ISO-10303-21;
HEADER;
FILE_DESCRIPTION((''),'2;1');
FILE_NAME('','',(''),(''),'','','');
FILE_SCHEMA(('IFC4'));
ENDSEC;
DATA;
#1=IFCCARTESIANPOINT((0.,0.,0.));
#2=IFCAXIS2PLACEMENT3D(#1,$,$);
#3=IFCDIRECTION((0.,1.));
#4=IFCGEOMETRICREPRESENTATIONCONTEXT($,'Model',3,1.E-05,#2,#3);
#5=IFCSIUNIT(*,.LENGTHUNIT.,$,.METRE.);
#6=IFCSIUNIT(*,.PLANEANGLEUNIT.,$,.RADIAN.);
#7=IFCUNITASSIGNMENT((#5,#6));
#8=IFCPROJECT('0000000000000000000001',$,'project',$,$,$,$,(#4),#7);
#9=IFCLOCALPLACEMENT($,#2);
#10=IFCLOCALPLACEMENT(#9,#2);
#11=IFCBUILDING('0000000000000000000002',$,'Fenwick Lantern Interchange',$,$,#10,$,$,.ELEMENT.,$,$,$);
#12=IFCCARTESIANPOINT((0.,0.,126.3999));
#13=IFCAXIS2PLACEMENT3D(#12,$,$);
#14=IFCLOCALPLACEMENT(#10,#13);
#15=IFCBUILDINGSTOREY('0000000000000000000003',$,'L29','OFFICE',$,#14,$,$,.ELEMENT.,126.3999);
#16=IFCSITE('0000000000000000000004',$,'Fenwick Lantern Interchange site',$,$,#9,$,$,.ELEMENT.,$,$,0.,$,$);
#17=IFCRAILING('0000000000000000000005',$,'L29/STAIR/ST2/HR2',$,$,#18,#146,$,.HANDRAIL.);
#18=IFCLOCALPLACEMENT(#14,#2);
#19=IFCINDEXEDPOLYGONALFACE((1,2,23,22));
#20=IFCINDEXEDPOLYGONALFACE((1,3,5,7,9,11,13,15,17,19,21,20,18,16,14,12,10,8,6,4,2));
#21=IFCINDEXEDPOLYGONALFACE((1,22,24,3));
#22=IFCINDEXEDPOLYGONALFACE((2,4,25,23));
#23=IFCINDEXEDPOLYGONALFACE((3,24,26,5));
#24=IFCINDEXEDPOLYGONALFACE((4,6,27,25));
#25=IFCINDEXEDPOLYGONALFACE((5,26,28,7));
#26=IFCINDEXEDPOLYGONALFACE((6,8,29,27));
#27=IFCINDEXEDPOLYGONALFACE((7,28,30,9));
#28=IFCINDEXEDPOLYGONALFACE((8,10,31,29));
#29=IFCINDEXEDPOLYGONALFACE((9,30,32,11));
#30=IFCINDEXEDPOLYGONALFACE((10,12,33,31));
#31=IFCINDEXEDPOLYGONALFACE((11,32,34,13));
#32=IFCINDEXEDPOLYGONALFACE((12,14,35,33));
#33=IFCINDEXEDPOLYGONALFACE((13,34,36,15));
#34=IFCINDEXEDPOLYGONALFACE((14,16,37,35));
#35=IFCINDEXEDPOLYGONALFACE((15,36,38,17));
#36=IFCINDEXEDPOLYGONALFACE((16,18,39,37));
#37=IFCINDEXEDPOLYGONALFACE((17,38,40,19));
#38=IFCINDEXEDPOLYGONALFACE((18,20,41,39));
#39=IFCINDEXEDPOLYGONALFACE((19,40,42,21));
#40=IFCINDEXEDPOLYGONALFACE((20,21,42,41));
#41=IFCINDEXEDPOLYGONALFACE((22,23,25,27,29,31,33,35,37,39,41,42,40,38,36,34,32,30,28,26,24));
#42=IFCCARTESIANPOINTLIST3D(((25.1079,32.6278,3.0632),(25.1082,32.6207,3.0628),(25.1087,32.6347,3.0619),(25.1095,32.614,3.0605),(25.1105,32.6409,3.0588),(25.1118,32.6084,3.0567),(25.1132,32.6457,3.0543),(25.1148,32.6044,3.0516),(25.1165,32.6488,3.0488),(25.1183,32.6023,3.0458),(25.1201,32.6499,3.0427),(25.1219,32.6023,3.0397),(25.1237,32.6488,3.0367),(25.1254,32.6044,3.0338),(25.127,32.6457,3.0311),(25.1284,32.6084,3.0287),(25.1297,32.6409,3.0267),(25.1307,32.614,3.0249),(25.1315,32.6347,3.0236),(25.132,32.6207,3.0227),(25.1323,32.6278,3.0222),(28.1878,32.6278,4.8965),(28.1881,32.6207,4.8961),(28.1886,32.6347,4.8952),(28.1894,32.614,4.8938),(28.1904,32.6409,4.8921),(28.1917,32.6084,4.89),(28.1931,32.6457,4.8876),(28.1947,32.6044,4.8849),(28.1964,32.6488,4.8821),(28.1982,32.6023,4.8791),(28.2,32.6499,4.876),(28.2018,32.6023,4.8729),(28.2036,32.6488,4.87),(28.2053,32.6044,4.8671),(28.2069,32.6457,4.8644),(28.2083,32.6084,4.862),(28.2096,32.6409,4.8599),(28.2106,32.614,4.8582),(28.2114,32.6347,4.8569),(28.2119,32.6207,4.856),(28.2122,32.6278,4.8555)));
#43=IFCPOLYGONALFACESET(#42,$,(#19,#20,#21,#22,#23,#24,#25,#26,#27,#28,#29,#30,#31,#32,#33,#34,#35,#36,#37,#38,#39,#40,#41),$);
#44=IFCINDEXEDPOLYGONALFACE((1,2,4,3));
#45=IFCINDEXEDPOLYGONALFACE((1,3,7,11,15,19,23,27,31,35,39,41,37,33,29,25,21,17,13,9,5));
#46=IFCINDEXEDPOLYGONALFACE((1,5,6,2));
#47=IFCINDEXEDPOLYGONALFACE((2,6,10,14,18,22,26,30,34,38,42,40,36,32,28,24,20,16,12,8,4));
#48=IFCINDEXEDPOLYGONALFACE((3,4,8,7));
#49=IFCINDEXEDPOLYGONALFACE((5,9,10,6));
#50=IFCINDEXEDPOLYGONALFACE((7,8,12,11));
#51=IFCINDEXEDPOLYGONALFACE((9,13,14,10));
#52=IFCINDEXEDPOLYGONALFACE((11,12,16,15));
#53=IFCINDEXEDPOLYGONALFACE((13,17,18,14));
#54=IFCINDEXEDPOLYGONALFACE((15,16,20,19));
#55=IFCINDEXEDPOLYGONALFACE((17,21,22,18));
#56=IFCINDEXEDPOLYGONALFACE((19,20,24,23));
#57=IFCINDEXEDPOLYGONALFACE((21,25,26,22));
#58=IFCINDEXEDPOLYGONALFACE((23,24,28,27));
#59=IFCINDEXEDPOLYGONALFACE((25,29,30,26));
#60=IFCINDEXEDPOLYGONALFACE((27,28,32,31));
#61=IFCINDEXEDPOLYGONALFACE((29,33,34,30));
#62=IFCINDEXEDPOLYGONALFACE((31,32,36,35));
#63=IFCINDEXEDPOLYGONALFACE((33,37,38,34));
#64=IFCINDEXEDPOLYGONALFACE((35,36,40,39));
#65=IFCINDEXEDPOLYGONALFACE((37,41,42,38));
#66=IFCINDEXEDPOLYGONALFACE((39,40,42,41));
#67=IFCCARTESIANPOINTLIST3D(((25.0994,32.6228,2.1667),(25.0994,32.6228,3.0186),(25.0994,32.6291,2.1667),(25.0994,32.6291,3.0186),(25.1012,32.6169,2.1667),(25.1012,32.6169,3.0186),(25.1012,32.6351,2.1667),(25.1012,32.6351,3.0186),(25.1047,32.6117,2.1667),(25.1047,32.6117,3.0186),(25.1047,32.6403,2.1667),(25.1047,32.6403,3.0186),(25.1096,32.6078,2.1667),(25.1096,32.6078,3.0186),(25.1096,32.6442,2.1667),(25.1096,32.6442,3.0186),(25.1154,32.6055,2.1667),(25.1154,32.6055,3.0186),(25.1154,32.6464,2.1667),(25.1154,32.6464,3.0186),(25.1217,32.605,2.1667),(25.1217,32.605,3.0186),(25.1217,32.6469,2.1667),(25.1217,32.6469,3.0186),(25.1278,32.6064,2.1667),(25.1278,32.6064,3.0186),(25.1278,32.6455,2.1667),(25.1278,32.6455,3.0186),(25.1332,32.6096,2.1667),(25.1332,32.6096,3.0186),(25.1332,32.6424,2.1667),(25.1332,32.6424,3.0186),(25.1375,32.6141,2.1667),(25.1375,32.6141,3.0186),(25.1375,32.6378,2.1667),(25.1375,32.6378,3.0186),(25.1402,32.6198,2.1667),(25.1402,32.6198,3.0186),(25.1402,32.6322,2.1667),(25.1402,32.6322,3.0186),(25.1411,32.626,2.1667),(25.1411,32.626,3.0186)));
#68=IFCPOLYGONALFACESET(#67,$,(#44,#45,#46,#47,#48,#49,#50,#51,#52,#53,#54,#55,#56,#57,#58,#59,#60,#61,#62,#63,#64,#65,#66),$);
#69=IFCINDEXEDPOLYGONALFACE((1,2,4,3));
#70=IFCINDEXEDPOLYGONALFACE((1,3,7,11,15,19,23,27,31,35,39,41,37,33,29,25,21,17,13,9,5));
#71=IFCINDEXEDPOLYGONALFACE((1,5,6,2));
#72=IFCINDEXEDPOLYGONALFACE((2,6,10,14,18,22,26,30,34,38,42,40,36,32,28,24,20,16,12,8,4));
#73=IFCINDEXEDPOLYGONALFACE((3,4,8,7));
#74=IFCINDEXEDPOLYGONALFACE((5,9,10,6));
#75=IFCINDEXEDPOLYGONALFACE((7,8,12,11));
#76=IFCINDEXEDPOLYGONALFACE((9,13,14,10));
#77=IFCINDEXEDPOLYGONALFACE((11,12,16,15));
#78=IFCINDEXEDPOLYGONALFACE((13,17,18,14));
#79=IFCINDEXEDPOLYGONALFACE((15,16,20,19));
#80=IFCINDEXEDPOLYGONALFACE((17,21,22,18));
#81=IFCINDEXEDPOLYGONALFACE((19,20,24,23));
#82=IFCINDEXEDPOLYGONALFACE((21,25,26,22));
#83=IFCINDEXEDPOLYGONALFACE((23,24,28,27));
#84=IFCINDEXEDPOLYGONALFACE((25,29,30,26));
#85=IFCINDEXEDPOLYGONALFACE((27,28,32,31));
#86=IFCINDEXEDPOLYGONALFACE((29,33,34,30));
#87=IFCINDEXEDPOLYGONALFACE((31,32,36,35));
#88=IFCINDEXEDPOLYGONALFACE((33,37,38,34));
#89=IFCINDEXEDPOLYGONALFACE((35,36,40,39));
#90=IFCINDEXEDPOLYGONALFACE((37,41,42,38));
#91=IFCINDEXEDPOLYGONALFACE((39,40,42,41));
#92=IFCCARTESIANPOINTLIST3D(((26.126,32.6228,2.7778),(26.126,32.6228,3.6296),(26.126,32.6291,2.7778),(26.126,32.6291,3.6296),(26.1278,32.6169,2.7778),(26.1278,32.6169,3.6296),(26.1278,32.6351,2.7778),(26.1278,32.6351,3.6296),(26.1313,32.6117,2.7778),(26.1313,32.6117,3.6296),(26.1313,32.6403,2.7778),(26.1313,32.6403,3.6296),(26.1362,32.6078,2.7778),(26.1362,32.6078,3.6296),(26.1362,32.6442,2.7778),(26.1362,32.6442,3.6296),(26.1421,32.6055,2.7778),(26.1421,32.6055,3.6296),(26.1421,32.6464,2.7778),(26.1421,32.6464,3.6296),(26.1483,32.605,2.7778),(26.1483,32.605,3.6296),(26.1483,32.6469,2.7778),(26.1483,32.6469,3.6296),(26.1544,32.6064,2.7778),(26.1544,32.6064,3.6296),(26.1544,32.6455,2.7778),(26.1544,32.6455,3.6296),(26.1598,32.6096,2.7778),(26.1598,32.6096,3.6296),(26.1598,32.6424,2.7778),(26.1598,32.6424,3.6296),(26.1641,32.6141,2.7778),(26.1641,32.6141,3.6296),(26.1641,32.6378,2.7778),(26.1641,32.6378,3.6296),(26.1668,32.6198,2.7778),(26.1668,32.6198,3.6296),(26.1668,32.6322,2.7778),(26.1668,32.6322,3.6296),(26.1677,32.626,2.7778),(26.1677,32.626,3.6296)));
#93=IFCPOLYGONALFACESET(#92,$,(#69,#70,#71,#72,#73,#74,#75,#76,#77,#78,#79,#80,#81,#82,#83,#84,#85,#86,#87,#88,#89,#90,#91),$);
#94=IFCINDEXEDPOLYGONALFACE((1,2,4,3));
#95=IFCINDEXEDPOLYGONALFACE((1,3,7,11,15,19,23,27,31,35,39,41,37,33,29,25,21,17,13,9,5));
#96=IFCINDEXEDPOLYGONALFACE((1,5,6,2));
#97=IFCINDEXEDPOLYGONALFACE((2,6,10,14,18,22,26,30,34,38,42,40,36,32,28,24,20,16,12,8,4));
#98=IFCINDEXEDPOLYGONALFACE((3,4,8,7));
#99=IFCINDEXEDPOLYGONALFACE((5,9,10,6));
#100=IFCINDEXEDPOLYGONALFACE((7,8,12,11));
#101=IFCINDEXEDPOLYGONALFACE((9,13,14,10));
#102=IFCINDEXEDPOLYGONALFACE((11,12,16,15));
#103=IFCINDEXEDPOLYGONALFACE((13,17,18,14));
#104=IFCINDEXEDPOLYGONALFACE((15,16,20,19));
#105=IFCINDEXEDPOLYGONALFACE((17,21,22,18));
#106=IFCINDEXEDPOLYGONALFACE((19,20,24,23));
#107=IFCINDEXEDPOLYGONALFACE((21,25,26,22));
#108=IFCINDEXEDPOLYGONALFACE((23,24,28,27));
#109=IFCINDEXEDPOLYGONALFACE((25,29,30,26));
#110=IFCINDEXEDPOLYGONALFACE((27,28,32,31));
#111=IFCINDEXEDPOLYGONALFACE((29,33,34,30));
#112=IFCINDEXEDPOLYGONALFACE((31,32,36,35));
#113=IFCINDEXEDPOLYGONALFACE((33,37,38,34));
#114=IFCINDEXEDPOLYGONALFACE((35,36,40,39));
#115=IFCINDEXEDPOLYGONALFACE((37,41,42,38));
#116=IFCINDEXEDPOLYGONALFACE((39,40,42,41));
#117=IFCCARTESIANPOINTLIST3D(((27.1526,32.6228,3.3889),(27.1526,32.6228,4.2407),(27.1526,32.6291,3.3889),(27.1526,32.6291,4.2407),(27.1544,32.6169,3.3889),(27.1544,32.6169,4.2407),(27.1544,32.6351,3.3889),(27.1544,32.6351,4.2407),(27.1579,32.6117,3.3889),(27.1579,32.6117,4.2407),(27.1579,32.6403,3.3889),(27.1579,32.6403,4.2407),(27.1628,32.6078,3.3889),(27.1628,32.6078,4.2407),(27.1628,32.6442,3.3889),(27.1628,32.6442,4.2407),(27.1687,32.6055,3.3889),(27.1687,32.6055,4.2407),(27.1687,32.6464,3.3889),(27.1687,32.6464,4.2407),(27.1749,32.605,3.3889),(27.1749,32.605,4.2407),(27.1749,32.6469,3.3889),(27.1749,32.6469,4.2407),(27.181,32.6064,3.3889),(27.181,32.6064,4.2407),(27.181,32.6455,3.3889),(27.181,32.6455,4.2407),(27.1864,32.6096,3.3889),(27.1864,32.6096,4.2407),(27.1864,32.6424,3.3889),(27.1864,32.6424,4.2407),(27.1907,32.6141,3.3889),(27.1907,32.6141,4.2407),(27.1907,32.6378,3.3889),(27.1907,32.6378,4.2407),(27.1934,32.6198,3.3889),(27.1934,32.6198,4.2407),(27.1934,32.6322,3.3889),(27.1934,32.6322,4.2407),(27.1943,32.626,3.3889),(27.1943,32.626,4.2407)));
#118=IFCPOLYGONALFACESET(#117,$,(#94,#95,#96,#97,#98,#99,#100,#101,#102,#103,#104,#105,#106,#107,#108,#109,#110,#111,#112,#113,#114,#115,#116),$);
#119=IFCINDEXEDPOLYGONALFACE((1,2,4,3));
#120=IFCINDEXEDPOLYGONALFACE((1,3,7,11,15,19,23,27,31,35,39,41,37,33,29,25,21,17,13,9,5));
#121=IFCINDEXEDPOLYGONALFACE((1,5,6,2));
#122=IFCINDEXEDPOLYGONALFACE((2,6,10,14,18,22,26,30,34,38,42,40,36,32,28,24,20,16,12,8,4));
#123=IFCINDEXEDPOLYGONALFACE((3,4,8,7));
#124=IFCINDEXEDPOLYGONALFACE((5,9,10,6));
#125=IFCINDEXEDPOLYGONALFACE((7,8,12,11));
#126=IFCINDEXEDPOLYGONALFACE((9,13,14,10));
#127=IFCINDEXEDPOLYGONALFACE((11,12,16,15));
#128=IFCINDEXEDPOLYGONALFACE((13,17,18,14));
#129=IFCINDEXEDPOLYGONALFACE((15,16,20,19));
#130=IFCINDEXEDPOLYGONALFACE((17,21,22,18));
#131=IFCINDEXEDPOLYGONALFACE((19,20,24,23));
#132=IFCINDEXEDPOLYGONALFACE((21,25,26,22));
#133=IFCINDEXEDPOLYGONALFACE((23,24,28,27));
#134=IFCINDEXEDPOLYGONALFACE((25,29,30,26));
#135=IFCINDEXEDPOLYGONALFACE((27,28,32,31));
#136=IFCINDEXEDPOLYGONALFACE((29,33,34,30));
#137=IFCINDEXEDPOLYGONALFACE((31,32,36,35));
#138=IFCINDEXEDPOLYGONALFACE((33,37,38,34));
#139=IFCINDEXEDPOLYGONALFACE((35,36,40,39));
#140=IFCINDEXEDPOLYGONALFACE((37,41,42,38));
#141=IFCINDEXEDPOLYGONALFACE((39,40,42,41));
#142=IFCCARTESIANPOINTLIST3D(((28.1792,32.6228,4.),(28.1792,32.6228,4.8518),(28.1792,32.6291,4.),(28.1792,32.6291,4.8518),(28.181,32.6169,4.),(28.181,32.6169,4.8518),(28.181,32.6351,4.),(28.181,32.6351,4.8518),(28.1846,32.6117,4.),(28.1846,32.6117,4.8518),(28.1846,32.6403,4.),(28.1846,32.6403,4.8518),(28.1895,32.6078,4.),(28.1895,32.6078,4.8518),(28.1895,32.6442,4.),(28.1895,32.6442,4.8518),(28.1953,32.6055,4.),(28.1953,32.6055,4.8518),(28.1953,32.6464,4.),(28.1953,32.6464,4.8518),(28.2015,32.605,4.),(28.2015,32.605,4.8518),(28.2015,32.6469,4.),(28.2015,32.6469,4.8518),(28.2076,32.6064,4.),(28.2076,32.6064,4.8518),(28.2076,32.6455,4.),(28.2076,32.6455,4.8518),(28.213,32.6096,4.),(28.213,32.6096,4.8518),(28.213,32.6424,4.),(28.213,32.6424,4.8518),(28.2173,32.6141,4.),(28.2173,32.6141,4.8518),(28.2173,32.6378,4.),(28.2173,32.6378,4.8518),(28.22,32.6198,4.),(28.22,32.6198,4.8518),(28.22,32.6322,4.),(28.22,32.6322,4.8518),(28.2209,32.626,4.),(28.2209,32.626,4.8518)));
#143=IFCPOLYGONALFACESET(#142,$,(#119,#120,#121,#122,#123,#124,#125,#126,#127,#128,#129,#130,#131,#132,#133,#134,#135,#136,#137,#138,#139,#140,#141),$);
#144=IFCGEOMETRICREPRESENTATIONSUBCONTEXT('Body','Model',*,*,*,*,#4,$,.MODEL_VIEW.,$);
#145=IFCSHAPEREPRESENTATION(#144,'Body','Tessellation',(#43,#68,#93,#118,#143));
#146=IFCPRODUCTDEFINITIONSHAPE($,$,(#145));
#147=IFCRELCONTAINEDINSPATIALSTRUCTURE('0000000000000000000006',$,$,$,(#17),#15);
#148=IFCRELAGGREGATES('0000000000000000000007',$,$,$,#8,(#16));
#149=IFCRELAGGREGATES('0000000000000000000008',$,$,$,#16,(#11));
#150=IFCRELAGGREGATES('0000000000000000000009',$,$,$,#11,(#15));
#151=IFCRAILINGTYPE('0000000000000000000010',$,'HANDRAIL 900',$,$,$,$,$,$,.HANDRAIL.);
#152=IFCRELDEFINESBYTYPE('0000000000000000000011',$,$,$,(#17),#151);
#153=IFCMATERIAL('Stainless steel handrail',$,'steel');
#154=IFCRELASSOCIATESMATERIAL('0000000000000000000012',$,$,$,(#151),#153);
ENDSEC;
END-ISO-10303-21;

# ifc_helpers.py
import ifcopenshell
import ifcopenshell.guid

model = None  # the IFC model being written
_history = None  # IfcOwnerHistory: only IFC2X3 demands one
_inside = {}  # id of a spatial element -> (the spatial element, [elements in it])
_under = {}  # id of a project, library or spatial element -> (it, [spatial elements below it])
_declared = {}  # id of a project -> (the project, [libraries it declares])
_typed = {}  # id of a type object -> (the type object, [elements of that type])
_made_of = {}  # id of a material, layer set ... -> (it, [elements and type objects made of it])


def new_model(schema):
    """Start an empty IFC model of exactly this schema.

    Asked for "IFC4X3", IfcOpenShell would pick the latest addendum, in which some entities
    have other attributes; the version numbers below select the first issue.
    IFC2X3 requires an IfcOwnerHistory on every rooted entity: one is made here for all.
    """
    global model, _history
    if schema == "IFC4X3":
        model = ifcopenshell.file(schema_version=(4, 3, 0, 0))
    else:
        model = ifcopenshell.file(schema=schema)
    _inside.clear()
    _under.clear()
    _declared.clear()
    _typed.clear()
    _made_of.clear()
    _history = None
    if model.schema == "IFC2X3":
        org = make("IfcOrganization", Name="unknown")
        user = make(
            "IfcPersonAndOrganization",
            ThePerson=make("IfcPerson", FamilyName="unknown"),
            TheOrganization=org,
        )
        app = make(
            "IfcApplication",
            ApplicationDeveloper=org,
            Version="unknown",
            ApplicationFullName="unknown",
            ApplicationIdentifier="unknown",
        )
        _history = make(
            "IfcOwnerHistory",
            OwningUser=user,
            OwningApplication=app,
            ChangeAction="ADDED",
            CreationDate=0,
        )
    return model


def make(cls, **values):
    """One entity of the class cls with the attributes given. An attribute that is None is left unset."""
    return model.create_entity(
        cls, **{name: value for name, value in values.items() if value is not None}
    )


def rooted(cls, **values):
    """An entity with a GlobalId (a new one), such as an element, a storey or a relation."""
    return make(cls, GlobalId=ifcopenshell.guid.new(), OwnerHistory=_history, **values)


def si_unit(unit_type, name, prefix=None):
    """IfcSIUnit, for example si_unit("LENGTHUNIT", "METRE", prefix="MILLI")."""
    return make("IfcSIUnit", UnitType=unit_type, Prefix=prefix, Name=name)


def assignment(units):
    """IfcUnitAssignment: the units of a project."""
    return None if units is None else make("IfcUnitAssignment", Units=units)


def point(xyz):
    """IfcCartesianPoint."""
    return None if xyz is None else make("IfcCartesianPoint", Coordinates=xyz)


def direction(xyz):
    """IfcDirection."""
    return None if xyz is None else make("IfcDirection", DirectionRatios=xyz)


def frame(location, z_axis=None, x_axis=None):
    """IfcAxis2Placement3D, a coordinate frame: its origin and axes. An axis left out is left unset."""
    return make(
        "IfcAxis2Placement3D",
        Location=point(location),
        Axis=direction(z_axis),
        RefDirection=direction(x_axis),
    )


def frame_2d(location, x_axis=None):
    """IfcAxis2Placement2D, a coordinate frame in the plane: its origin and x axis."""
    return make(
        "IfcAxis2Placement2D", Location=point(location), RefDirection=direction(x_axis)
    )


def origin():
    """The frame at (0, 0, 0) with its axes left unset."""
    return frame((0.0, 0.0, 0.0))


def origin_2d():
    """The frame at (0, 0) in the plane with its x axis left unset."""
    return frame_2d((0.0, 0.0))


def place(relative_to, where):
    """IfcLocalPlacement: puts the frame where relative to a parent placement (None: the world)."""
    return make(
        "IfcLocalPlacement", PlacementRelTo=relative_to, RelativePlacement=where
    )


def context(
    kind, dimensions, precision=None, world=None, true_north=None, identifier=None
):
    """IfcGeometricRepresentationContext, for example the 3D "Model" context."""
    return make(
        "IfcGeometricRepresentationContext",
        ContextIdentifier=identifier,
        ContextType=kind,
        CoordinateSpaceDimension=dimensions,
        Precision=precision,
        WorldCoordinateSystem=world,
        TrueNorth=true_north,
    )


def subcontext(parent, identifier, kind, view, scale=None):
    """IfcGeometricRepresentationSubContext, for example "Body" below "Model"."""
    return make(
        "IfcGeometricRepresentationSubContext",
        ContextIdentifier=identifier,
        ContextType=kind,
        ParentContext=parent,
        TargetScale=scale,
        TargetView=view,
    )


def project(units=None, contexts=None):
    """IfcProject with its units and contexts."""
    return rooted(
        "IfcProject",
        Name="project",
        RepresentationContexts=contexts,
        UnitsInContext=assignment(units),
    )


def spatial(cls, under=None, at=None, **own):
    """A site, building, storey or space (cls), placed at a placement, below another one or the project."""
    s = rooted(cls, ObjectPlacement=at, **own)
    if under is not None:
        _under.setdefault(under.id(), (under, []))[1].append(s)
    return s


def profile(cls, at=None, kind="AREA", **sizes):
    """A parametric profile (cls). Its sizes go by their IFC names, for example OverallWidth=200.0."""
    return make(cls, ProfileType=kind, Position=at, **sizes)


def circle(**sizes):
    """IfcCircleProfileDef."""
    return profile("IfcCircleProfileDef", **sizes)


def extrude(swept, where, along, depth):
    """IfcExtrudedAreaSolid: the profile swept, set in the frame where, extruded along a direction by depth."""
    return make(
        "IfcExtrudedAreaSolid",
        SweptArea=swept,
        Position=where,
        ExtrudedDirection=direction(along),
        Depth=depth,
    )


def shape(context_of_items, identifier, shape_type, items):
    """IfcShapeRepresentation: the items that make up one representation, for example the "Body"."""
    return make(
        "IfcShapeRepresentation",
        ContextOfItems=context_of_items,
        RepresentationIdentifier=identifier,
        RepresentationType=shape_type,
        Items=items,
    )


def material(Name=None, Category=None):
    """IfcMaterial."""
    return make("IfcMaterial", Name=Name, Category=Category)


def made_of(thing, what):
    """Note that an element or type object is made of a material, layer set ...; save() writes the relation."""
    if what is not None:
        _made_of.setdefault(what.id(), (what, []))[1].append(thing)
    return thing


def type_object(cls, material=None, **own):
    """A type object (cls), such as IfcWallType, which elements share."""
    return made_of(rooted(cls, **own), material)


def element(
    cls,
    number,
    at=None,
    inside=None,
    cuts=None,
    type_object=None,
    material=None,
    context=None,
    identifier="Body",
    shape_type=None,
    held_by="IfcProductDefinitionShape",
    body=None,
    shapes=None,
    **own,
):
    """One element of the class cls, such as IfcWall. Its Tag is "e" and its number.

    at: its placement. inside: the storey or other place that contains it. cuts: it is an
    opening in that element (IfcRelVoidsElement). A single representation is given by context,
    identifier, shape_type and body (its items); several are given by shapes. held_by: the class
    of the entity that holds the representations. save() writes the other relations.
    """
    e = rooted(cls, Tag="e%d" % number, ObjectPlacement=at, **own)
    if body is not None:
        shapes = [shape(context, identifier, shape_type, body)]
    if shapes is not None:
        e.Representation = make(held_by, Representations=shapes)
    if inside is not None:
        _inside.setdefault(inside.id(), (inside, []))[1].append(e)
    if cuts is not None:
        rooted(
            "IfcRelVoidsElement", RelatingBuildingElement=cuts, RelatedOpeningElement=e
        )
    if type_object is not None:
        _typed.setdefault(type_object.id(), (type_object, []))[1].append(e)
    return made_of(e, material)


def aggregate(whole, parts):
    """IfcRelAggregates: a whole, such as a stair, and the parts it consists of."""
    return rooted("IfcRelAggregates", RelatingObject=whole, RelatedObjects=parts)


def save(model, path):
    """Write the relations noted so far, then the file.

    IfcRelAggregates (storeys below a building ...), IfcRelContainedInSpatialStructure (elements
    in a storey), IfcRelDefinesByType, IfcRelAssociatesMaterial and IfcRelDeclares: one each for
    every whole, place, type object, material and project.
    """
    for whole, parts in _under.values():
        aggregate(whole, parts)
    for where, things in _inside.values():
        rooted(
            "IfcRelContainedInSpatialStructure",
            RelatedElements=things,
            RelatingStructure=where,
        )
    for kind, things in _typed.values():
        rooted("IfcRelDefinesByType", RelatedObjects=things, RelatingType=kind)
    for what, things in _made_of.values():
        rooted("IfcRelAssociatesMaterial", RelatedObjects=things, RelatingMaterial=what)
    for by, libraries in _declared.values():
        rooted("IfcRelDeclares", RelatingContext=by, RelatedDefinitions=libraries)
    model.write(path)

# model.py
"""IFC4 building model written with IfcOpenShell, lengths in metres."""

from ifc_helpers import new_model, si_unit, direction, frame, origin, origin_2d, place, context, subcontext, project, spatial, circle, extrude, material, type_object, element, save


model = new_model("IFC4")

# Units and contexts
model_context = context("Model", 3, precision=1e-05, world=origin(), true_north=direction((0.0, 1.0)))
body_context = subcontext(model_context, "Body", "Model", "MODEL_VIEW")
ifc_project = project(units=[si_unit("LENGTHUNIT", "METRE"), si_unit("PLANEANGLEUNIT", "RADIAN")], contexts=[model_context])

# Site, building, storey
site_placement = place(None, origin())
site = spatial("IfcSite", under=ifc_project, at=site_placement, Name="Fenwick Lantern Interchange site", CompositionType="ELEMENT", RefElevation=0.0)
building_placement = place(site_placement, origin())
building = spatial("IfcBuilding", under=site, at=building_placement, Name="Fenwick Lantern Interchange", CompositionType="ELEMENT")
storey_placement = place(building_placement, frame((0.0, 0.0, 126.3999)))
storey = spatial("IfcBuildingStorey", under=building, at=storey_placement, Name="L29", Description="OFFICE", CompositionType="ELEMENT", Elevation=126.3999)

# Railing
ifc_material_1 = material(Name="Stainless steel handrail", Category="steel")
railing_type = type_object("IfcRailingType", Name="HANDRAIL 900", PredefinedType="HANDRAIL", material=ifc_material_1)
railing_1_placement = place(storey_placement, frame((25.1201, 32.626, 2.1667)))
element("IfcRailing", 1, at=railing_1_placement, inside=storey, type_object=railing_type, Name="L29/STAIR/ST2/HR2", PredefinedType="HANDRAIL", context=body_context, shape_type="SweptSolid", body=[
    extrude(circle(Radius=0.0239, at=origin_2d()), frame((0.0, 0.0, 0.876), z_axis=(0.859291, 0.0, 0.511487), x_axis=(0.0, 1.0, 0.0)), (0.0, 0.0, 1.0), 3.5842),
    extrude(circle(Radius=0.021, at=origin_2d()), origin(), (0.0, 0.0, 1.0), 0.8518),
    extrude(circle(Radius=0.021, at=origin_2d()), frame((1.0266, 0.0, 0.6111)), (0.0, 0.0, 1.0), 0.8518),
    extrude(circle(Radius=0.021, at=origin_2d()), frame((2.0532, 0.0, 1.2222)), (0.0, 0.0, 1.0), 0.8518),
    extrude(circle(Radius=0.021, at=origin_2d()), frame((3.0798, 0.0, 1.8333)), (0.0, 0.0, 1.0), 0.8518),
])

save(model, "model.ifc")
